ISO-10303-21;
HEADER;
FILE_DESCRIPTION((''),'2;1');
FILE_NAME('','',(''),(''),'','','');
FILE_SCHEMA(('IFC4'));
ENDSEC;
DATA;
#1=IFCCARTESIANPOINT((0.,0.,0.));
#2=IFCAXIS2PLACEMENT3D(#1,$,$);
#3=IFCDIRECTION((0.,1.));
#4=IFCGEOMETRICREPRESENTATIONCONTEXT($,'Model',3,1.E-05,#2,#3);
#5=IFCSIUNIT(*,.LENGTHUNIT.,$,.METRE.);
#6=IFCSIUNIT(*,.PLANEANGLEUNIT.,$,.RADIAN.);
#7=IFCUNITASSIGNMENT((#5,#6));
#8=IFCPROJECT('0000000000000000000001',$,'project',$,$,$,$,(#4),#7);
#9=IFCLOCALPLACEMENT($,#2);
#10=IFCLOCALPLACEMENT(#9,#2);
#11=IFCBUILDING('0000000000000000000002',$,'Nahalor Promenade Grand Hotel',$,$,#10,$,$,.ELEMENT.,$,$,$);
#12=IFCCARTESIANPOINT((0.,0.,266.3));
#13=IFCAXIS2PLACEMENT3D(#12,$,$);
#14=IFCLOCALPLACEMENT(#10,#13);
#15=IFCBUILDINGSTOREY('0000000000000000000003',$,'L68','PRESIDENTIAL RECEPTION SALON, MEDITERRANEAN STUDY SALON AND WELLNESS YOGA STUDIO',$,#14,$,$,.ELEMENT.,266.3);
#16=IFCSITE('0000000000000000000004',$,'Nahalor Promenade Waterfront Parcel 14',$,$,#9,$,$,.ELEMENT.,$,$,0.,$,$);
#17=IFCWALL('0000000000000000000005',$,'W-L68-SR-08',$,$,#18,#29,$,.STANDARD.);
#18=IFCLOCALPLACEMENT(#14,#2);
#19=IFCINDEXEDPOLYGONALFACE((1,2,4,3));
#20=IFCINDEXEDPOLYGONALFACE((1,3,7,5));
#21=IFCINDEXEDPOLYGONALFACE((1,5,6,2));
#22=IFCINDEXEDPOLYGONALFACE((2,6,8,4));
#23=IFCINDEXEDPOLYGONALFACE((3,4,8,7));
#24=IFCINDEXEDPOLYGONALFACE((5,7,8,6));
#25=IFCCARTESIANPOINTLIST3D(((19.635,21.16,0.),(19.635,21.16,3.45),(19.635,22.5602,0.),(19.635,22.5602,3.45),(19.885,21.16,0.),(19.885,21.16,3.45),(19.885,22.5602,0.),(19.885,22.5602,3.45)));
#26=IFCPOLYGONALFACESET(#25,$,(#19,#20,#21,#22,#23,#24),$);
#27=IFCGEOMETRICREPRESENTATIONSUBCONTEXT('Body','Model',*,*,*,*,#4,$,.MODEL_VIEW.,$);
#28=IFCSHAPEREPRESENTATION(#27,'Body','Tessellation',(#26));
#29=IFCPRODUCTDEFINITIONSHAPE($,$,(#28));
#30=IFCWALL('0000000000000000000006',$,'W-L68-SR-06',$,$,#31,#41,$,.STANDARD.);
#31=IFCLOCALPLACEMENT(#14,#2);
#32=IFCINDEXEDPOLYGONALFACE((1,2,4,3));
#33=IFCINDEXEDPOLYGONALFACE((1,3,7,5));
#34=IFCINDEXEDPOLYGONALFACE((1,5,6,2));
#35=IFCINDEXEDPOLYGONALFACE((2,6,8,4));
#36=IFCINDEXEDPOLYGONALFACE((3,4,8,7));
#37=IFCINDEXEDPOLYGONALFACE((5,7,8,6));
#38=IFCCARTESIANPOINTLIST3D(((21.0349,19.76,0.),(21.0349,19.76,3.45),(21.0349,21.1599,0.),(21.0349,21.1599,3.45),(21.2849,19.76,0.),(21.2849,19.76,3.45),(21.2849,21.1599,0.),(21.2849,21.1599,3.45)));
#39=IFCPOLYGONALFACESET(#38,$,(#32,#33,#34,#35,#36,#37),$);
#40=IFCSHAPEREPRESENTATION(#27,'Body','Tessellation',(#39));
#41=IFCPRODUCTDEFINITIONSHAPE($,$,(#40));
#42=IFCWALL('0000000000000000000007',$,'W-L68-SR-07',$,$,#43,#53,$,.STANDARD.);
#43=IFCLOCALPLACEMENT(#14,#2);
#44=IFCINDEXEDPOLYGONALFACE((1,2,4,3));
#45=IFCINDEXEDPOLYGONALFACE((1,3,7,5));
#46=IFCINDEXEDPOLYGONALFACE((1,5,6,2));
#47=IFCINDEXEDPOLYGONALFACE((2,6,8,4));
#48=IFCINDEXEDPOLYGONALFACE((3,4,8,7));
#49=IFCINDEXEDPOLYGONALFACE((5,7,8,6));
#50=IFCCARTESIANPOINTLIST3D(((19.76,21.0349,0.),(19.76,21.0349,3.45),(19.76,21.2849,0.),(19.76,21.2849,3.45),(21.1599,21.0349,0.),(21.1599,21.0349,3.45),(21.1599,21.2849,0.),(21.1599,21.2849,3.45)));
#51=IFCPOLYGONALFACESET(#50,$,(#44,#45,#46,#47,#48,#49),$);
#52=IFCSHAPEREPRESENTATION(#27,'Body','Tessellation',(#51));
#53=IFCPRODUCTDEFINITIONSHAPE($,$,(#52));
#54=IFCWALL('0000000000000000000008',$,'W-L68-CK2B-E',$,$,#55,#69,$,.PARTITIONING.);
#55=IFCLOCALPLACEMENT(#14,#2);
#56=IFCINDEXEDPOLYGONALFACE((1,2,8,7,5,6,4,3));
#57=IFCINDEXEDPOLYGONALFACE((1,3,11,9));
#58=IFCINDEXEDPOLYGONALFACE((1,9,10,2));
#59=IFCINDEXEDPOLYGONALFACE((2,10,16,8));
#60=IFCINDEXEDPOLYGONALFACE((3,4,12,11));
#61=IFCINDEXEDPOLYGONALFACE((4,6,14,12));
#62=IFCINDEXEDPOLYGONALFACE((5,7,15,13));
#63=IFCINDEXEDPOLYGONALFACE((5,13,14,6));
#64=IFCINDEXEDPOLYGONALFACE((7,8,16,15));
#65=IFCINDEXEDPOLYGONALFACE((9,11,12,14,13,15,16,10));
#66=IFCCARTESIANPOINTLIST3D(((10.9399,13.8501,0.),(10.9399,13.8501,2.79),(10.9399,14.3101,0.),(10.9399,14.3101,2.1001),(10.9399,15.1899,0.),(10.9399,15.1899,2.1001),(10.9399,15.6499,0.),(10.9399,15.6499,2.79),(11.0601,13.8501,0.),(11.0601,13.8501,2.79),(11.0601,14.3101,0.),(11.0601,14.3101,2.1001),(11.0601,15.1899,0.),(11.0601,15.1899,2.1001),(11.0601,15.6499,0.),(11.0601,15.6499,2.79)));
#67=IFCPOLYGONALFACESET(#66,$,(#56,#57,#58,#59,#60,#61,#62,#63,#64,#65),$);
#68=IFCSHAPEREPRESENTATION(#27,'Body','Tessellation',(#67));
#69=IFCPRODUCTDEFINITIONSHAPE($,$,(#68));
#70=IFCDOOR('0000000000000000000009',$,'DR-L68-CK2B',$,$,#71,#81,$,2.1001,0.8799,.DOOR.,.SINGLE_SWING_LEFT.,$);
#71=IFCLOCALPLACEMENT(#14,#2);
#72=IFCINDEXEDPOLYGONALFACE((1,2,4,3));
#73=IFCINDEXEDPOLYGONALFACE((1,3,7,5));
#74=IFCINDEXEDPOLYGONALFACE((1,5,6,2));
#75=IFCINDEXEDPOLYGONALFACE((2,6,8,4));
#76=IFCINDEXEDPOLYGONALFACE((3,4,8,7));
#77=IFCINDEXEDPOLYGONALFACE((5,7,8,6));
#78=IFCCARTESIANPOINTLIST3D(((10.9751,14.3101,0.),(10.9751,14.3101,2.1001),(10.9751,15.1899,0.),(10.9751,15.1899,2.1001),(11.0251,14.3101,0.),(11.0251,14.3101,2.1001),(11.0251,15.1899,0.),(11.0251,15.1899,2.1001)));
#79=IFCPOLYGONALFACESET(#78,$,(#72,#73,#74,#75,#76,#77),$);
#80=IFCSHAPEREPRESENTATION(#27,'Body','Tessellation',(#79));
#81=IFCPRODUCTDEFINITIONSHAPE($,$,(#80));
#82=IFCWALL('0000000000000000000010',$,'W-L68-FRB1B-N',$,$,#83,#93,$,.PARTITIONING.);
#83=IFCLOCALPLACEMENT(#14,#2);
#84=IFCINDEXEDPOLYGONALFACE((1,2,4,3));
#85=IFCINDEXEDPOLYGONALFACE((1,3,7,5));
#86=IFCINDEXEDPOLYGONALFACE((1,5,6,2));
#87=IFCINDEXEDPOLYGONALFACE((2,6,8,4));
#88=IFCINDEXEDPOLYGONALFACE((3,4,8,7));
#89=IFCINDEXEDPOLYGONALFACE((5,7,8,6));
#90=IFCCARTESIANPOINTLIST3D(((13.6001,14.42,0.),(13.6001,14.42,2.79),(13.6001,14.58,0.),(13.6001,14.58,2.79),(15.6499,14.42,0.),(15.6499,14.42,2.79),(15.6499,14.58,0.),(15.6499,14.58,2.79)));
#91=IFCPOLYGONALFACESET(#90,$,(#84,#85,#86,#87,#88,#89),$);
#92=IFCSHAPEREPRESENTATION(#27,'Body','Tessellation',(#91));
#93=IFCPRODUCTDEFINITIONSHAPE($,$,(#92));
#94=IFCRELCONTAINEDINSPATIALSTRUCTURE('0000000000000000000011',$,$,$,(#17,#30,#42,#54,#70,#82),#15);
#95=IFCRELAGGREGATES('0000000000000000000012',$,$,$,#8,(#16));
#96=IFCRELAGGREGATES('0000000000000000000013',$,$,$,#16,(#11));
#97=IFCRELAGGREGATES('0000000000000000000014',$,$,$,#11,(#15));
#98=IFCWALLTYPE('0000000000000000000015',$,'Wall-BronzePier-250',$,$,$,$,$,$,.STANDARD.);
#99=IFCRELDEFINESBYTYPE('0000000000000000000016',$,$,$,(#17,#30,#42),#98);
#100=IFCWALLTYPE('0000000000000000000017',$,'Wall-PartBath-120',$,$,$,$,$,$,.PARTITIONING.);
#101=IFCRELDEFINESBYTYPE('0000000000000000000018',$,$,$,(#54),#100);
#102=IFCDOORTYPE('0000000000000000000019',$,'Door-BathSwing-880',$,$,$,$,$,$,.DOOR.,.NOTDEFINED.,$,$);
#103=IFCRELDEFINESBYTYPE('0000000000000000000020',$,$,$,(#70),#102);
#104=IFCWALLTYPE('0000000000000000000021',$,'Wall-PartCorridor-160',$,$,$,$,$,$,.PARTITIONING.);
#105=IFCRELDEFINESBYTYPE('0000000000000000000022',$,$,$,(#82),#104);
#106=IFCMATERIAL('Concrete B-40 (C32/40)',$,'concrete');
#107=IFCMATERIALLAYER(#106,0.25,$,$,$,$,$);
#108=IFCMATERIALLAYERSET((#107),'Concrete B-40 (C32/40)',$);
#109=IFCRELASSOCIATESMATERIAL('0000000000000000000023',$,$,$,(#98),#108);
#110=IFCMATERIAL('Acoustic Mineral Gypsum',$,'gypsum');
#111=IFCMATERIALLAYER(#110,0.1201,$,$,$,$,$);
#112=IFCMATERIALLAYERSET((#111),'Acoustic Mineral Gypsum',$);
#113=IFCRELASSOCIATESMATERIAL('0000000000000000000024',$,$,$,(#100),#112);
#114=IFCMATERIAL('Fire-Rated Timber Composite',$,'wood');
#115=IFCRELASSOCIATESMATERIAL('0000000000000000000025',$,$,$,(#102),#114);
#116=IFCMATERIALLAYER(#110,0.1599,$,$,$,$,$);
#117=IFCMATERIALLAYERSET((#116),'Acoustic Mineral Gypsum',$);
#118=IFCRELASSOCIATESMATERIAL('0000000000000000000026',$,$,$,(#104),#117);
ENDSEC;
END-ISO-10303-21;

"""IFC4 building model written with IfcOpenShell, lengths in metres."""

from ifc_helpers import new_model, si_unit, direction, frame, frame_2d, origin, place, context, subcontext, project, spatial, rectangle, extrude, source, transform, mapped, material, layer, layer_set, type_object, element, fill, save


model = new_model("IFC4")

# Units and contexts
model_context = context("Model", 3, precision=1e-05, world=origin(), true_north=direction((0.0, 1.0)))
body_context = subcontext(model_context, "Body", "Model", "MODEL_VIEW")
ifc_project = project(units=[si_unit("LENGTHUNIT", "METRE"), si_unit("PLANEANGLEUNIT", "RADIAN")], contexts=[model_context])

# Site, building, storey
site_placement = place(None, origin())
site = spatial("IfcSite", under=ifc_project, at=site_placement, Name="Nahalor Promenade Waterfront Parcel 14", CompositionType="ELEMENT", RefElevation=0.0)
building_placement = place(site_placement, origin())
building = spatial("IfcBuilding", under=site, at=building_placement, Name="Nahalor Promenade Grand Hotel", CompositionType="ELEMENT")
storey_placement = place(building_placement, frame((0.0, 0.0, 266.3)))
storey = spatial("IfcBuildingStorey", under=building, at=storey_placement, Name="L68", Description="PRESIDENTIAL RECEPTION SALON, MEDITERRANEAN STUDY SALON AND WELLNESS YOGA STUDIO", CompositionType="ELEMENT", Elevation=266.3)

# Walls
ifc_material_1 = material(Name="Concrete B-40 (C32/40)", Category="concrete")
ifc_layer_1 = layer(ifc_material_1, 0.25)
ifc_layer_set_1 = layer_set([ifc_layer_1], Name="Concrete B-40 (C32/40)")
wall_type_1 = type_object("IfcWallType", Name="Wall-BronzePier-250", PredefinedType="STANDARD", material=ifc_layer_set_1)
shared_shape_1 = source(origin(), body_context, "Body", "SweptSolid", [
    extrude(rectangle(XDim=1.4001, YDim=0.25, at=frame_2d((0.7002, 0.0))), origin(), (0.0, 0.0, 1.0), 3.45),
])
for number, where, z_axis, x_axis, name in (
    (1, (19.76, 21.1599, 0.0), (0.0, 0.0, 1.0), (0.0, 1.0, 0.0), "W-L68-SR-08"),
):
    element("IfcWall", number, at=place(storey_placement, frame(where, z_axis=z_axis, x_axis=x_axis)), inside=storey, type_object=wall_type_1, Name=name, PredefinedType="STANDARD", context=body_context, shape_type="MappedRepresentation", body=[
        mapped(shared_shape_1, transform((0.0, 0.0, 0.0), scale=1.0)),
    ])
shared_shape_2 = source(origin(), body_context, "Body", "SweptSolid", [
    extrude(rectangle(XDim=1.3999, YDim=0.25, at=frame_2d((0.7, 0.0))), origin(), (0.0, 0.0, 1.0), 3.45),
])
for number, where, z_axis, x_axis, name in (
    (2, (21.1599, 19.76, 0.0), (0.0, 0.0, 1.0), (0.0, 1.0, 0.0), "W-L68-SR-06"),
    (3, (19.76, 21.1599, 0.0), (0.0, 0.0, 1.0), (1.0, 0.0, 0.0), "W-L68-SR-07"),
):
    element("IfcWall", number, at=place(storey_placement, frame(where, z_axis=z_axis, x_axis=x_axis)), inside=storey, type_object=wall_type_1, Name=name, PredefinedType="STANDARD", context=body_context, shape_type="MappedRepresentation", body=[
        mapped(shared_shape_2, transform((0.0, 0.0, 0.0), scale=1.0)),
    ])

# Wall, opening, door
ifc_material_2 = material(Name="Acoustic Mineral Gypsum", Category="gypsum")
ifc_layer_2 = layer(ifc_material_2, 0.1201)
ifc_layer_set_2 = layer_set([ifc_layer_2], Name="Acoustic Mineral Gypsum")
wall_type_2 = type_object("IfcWallType", Name="Wall-PartBath-120", PredefinedType="PARTITIONING", material=ifc_layer_set_2)
shared_shape_3 = source(origin(), body_context, "Body", "SweptSolid", [
    extrude(rectangle(XDim=1.7998, YDim=0.1201, at=frame_2d((0.8999, 0.0))), origin(), (0.0, 0.0, 1.0), 2.79),
])
wall_1_placement = place(storey_placement, frame((11.0, 13.8501, 0.0), z_axis=(0.0, 0.0, 1.0), x_axis=(0.0, 1.0, 0.0)))
wall_1 = element("IfcWall", 4, at=wall_1_placement, inside=storey, type_object=wall_type_2, Name="W-L68-CK2B-E", PredefinedType="PARTITIONING", context=body_context, shape_type="MappedRepresentation", body=[
    mapped(shared_shape_3, transform((0.0, 0.0, 0.0), scale=1.0)),
])
opening_1_placement = place(wall_1_placement, frame((0.46, 0.0, 0.0)))
opening_1 = element("IfcOpeningElement", 5, at=opening_1_placement, cuts=wall_1, PredefinedType="OPENING", context=body_context, shape_type="SweptSolid", body=[
    extrude(rectangle(XDim=0.8799, YDim=2.1001, at=frame_2d((0.4399, 1.05))), frame((0.0, 0.0701, 0.0), z_axis=(0.0, -1.0, 0.0), x_axis=(1.0, 0.0, 0.0)), (0.0, 0.0, 1.0), 0.1401),
])
ifc_material_3 = material(Name="Fire-Rated Timber Composite", Category="wood")
door_type_1 = type_object("IfcDoorType", Name="Door-BathSwing-880", OperationType="NOTDEFINED", PredefinedType="DOOR", material=ifc_material_3)
shared_shape_4 = source(origin(), body_context, "Body", "SweptSolid", [
    extrude(rectangle(XDim=0.8799, YDim=2.1001, at=frame_2d((0.4399, 1.05))), frame((0.0, 0.0249, 0.0), z_axis=(0.0, -1.0, 0.0), x_axis=(1.0, 0.0, 0.0)), (0.0, 0.0, 1.0), 0.05),
])
door_1_placement = place(opening_1_placement, origin())
door_1 = element("IfcDoor", 6, at=door_1_placement, inside=storey, type_object=door_type_1, Name="DR-L68-CK2B", OperationType="SINGLE_SWING_LEFT", OverallHeight=2.1001, OverallWidth=0.8799, PredefinedType="DOOR", context=body_context, shape_type="MappedRepresentation", body=[
    mapped(shared_shape_4, transform((0.0, 0.0, 0.0), scale=1.0)),
])
fill(opening_1, door_1)

# Wall
ifc_layer_3 = layer(ifc_material_2, 0.1599)
ifc_layer_set_3 = layer_set([ifc_layer_3], Name="Acoustic Mineral Gypsum")
wall_type_3 = type_object("IfcWallType", Name="Wall-PartCorridor-160", PredefinedType="PARTITIONING", material=ifc_layer_set_3)
shared_shape_5 = source(origin(), body_context, "Body", "SweptSolid", [
    extrude(rectangle(XDim=2.0498, YDim=0.1599, at=frame_2d((1.0249, 0.0))), origin(), (0.0, 0.0, 1.0), 2.79),
])
wall_2_placement = place(storey_placement, frame((13.6001, 14.5, 0.0), z_axis=(0.0, 0.0, 1.0), x_axis=(1.0, 0.0, 0.0)))
element("IfcWall", 7, at=wall_2_placement, inside=storey, type_object=wall_type_3, Name="W-L68-FRB1B-N", PredefinedType="PARTITIONING", context=body_context, shape_type="MappedRepresentation", body=[
    mapped(shared_shape_5, transform((0.0, 0.0, 0.0), scale=1.0)),
])

save(model, "model.ifc")
